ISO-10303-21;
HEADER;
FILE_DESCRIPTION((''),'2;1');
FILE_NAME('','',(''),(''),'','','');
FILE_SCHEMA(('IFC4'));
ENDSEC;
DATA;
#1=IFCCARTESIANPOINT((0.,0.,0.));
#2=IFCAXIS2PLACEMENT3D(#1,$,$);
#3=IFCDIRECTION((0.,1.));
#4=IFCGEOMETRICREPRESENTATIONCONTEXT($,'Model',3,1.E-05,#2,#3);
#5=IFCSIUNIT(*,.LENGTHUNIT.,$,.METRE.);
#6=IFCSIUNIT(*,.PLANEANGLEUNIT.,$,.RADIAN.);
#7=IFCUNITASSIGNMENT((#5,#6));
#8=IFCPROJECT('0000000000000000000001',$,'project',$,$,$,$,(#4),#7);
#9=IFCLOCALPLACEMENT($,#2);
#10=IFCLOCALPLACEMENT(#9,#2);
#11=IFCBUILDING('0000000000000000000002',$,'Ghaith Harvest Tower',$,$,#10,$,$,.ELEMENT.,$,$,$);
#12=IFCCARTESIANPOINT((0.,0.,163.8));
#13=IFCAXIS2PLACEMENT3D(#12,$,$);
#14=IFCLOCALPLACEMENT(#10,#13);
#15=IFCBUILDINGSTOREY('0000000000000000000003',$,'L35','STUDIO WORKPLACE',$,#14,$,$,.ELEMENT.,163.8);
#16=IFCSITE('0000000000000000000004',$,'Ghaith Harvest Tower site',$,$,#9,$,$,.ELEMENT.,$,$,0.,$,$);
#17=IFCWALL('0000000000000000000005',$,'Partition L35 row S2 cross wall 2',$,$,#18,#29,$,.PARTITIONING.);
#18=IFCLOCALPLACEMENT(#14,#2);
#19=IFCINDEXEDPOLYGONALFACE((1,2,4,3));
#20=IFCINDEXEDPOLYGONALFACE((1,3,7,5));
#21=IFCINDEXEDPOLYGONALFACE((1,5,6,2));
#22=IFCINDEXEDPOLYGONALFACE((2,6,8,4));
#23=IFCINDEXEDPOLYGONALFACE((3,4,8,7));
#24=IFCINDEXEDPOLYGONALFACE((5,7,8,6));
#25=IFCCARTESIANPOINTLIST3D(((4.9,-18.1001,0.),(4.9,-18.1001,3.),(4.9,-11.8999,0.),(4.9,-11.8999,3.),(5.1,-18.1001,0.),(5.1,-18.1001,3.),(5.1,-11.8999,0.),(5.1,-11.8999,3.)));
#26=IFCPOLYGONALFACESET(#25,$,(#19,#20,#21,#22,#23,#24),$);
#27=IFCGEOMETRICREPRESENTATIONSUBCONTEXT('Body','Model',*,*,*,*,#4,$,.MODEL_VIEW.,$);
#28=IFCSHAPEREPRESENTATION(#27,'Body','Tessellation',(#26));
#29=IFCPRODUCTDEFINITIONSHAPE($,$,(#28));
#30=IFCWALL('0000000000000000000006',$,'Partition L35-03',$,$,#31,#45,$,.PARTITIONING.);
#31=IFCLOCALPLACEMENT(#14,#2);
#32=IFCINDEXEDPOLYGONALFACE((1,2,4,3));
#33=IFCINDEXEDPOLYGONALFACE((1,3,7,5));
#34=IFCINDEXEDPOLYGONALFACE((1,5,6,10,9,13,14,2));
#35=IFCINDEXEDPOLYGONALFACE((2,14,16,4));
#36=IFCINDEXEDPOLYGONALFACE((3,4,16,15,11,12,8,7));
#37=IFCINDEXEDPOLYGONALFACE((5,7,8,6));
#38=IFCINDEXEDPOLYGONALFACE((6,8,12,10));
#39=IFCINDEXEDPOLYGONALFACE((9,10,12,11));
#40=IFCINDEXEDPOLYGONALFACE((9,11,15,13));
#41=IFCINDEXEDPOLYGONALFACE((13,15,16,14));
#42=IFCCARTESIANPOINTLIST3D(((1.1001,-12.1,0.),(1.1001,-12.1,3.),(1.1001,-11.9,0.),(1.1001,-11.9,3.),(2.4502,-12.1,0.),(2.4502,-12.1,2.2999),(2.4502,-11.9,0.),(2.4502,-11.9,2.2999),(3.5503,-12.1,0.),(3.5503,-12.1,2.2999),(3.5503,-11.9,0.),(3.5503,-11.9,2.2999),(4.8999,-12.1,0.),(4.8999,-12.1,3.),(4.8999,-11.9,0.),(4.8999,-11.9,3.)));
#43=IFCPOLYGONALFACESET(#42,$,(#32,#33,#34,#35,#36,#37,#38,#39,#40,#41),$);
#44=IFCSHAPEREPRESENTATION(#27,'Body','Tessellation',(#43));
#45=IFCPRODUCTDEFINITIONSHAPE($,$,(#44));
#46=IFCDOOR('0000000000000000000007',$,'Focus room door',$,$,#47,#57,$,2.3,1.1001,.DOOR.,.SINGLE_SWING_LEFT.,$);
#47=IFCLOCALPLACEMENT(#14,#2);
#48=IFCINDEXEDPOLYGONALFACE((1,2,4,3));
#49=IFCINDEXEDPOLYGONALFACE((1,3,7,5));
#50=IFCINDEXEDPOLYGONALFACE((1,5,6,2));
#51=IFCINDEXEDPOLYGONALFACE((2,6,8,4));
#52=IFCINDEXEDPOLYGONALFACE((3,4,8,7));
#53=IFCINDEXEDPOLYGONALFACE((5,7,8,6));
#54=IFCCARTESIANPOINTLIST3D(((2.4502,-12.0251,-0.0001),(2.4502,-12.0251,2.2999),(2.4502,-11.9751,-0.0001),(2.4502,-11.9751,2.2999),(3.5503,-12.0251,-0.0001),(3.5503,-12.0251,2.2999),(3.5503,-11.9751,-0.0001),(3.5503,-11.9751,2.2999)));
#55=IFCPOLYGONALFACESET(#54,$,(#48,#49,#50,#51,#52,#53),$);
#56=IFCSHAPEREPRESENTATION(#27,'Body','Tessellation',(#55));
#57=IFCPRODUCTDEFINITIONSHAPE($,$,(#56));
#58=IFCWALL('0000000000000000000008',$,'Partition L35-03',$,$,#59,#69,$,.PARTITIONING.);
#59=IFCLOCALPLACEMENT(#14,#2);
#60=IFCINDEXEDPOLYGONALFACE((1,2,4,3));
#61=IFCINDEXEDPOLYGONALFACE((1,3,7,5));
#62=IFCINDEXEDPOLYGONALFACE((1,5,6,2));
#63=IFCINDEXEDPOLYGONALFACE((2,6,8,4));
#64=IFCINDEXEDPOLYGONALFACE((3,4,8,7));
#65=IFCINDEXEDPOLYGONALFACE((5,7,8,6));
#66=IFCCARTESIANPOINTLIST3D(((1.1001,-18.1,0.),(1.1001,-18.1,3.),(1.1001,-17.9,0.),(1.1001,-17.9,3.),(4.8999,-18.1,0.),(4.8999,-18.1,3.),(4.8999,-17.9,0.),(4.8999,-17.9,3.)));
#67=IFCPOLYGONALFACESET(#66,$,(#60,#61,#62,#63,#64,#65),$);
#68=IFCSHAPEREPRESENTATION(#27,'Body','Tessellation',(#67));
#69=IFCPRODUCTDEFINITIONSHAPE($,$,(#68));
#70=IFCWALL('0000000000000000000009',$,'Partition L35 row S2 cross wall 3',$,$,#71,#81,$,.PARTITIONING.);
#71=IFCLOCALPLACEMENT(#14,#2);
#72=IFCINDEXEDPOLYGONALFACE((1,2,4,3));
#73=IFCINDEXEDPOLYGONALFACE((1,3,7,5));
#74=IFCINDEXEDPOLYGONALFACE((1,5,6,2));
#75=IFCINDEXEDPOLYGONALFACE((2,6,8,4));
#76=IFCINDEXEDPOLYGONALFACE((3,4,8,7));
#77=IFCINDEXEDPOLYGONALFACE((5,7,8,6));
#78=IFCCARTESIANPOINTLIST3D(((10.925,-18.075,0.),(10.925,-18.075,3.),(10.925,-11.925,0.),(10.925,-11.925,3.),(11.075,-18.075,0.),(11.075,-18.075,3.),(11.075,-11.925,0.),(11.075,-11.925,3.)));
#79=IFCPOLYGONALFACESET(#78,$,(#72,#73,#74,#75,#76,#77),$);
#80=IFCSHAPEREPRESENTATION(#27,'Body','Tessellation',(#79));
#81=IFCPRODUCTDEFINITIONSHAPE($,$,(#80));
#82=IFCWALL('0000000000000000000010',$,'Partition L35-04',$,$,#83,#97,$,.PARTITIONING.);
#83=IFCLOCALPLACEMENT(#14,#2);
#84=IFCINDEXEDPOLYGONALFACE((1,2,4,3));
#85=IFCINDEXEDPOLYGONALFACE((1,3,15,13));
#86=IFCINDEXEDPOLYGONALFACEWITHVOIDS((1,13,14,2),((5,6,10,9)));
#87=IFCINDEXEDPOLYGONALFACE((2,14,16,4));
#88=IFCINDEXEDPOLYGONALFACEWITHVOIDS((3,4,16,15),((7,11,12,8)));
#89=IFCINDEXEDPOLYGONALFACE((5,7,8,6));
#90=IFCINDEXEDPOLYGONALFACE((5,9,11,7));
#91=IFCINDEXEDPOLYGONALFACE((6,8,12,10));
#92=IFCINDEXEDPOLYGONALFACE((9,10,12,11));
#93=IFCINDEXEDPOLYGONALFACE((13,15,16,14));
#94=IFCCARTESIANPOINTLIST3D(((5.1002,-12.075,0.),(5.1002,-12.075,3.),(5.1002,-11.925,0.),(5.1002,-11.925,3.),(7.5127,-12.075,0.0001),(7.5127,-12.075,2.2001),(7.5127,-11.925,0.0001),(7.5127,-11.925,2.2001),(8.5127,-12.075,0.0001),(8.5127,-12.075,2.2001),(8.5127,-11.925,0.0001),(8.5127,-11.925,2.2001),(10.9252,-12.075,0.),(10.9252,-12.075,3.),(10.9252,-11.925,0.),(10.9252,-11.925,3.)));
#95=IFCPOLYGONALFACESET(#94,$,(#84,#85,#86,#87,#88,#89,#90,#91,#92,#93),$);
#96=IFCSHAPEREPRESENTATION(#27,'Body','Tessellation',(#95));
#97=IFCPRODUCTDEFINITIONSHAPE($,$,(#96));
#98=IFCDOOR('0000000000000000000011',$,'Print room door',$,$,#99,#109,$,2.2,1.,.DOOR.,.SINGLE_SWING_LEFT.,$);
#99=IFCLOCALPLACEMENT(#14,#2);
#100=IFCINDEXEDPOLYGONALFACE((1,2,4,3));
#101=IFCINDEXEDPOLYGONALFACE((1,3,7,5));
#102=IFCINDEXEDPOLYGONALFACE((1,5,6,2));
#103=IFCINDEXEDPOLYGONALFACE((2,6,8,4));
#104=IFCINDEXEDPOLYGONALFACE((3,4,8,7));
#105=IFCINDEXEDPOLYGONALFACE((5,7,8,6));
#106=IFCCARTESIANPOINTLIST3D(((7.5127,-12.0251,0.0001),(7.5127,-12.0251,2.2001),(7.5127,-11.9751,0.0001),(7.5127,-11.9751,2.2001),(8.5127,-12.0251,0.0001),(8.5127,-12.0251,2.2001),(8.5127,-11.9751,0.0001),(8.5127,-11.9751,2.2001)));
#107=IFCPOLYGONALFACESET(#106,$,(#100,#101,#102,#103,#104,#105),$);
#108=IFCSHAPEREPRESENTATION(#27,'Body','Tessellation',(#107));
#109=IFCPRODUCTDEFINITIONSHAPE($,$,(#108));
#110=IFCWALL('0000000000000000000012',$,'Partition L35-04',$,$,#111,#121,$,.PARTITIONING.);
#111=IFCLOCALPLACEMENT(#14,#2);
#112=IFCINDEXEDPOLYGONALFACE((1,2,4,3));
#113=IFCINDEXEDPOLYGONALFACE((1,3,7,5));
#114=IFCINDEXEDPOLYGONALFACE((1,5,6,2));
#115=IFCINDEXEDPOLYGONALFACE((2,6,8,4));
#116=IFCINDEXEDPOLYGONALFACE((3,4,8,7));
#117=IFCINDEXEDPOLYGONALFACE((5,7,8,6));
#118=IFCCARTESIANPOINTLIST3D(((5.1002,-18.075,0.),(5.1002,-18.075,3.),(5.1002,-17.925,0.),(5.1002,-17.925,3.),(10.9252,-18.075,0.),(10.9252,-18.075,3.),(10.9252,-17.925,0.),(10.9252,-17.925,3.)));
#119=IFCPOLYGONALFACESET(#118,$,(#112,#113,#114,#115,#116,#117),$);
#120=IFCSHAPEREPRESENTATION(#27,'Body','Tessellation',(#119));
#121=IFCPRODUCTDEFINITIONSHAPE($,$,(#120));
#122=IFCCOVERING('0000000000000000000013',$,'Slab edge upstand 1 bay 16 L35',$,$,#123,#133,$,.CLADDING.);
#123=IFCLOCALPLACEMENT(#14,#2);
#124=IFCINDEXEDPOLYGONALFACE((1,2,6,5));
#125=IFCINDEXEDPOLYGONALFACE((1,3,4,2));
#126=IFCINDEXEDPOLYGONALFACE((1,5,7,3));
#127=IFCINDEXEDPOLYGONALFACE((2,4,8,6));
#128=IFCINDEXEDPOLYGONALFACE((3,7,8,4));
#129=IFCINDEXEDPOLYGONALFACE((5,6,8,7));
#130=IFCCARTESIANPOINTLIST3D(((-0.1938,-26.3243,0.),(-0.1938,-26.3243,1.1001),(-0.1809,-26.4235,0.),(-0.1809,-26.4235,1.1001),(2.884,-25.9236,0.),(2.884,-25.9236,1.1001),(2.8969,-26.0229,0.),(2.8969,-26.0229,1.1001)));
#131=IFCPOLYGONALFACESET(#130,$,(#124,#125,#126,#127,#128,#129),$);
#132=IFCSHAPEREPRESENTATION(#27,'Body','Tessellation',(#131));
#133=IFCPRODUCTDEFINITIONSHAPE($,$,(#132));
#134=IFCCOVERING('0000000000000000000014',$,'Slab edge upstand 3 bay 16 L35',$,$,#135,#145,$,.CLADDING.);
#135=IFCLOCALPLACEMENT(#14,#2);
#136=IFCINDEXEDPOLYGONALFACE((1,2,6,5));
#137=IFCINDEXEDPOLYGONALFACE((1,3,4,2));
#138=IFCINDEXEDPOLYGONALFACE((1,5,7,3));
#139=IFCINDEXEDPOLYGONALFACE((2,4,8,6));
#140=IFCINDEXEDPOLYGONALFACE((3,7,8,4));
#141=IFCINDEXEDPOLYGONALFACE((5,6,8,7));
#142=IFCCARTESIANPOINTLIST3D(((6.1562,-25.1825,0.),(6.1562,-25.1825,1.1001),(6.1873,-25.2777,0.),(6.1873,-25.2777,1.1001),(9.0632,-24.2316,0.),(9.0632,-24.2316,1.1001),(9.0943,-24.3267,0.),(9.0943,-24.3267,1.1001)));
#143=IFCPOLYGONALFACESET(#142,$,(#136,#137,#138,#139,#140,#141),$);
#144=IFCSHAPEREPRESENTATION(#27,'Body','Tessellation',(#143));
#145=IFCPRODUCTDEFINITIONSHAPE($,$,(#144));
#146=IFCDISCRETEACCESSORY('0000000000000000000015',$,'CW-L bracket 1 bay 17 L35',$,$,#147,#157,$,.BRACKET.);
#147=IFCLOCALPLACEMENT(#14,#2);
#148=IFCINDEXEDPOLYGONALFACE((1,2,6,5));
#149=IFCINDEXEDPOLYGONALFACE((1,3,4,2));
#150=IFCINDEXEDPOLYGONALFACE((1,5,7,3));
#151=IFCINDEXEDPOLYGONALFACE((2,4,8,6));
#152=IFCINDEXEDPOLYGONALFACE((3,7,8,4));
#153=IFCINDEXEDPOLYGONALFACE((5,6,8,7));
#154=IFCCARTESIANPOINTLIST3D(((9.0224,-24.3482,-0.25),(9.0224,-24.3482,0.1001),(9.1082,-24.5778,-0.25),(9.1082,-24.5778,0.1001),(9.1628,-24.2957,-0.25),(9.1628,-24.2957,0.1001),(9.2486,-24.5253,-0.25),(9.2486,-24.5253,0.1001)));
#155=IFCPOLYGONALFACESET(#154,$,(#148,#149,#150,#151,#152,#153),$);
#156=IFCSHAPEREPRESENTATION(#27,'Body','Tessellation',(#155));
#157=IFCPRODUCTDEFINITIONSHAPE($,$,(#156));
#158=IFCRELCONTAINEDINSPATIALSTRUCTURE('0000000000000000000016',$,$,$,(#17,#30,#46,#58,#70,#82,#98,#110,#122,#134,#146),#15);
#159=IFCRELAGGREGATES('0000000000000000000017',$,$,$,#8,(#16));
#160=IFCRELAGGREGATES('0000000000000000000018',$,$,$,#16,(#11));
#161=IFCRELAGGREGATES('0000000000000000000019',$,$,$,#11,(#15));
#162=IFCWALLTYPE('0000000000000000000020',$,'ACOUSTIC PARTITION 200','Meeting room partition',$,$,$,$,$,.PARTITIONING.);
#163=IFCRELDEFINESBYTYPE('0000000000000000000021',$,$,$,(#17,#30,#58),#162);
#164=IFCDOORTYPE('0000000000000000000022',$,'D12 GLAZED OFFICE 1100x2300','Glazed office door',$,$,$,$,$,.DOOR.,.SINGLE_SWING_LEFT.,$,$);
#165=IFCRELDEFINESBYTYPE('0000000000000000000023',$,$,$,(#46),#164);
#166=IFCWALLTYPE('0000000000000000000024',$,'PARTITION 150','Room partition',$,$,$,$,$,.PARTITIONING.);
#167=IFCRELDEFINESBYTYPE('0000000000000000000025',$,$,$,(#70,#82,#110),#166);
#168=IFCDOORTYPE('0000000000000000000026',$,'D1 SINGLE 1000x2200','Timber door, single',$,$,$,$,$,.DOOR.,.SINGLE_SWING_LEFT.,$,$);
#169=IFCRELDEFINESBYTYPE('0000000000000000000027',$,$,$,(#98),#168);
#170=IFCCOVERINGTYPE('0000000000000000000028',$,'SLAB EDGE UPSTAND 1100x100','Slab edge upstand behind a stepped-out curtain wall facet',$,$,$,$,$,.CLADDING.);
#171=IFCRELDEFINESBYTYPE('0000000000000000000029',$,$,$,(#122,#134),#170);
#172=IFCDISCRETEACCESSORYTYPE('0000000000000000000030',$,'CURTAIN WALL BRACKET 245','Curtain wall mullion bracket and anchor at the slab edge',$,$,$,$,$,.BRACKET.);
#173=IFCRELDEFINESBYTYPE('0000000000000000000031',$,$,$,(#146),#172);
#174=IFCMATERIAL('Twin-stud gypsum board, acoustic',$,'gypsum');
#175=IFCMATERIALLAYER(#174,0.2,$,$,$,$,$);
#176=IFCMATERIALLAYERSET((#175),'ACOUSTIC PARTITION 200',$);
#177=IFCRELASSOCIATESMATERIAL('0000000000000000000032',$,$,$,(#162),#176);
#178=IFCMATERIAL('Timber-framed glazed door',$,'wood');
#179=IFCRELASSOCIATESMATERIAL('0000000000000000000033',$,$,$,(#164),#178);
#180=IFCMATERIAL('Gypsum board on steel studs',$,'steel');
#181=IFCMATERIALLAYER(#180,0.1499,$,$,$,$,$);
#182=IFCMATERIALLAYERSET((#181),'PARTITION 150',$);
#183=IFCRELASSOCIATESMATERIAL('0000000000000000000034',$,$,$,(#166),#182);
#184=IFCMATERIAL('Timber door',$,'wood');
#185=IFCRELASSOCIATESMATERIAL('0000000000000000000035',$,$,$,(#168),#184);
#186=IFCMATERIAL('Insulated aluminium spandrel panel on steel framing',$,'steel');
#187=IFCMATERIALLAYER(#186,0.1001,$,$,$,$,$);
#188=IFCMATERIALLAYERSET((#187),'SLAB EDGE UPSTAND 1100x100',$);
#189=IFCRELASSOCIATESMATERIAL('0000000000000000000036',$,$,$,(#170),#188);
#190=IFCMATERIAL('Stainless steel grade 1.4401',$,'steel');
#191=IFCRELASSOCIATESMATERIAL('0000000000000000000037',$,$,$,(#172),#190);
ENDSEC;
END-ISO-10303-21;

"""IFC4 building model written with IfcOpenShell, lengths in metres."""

from ifc_helpers import new_model, si_unit, direction, frame, frame_2d, origin, origin_2d, place, context, subcontext, project, spatial, rectangle, extrude, material, layer, layer_set, type_object, element, fill, save


model = new_model("IFC4")

# Units and contexts
model_context = context("Model", 3, precision=1e-05, world=origin(), true_north=direction((0.0, 1.0)))
body_context = subcontext(model_context, "Body", "Model", "MODEL_VIEW")
ifc_project = project(units=[si_unit("LENGTHUNIT", "METRE"), si_unit("PLANEANGLEUNIT", "RADIAN")], contexts=[model_context])

# Site, building, storey
site_placement = place(None, origin())
site = spatial("IfcSite", under=ifc_project, at=site_placement, Name="Ghaith Harvest Tower site", CompositionType="ELEMENT", RefElevation=0.0)
building_placement = place(site_placement, origin())
building = spatial("IfcBuilding", under=site, at=building_placement, Name="Ghaith Harvest Tower", CompositionType="ELEMENT")
storey_placement = place(building_placement, frame((0.0, 0.0, 163.8)))
storey = spatial("IfcBuildingStorey", under=building, at=storey_placement, Name="L35", Description="STUDIO WORKPLACE", CompositionType="ELEMENT", Elevation=163.8)

# Wall
ifc_material_1 = material(Name="Twin-stud gypsum board, acoustic", Category="gypsum")
ifc_layer_1 = layer(ifc_material_1, 0.2)
ifc_layer_set_1 = layer_set([ifc_layer_1], Name="ACOUSTIC PARTITION 200")
wall_type_1 = type_object("IfcWallType", Name="ACOUSTIC PARTITION 200", Description="Meeting room partition", PredefinedType="PARTITIONING", material=ifc_layer_set_1)
for number, where, z_axis, x_axis, name in (
    (1, (5.0, -11.8999, 0.0), (0.0, 0.0, 1.0), (0.0, -1.0, 0.0), "Partition L35 row S2 cross wall 2"),
):
    element("IfcWall", number, at=place(storey_placement, frame(where, z_axis=z_axis, x_axis=x_axis)), inside=storey, type_object=wall_type_1, Name=name, PredefinedType="PARTITIONING", context=body_context, shape_type="SweptSolid", body=[
        extrude(rectangle(XDim=6.2002, YDim=0.2, at=frame_2d((3.1001, 0.0))), origin(), (0.0, 0.0, 1.0), 3.0),
    ])

# Wall, opening, door
wall_1_placement = place(storey_placement, frame((1.1001, -12.0, 0.0), z_axis=(0.0, 0.0, 1.0), x_axis=(1.0, 0.0, 0.0)))
wall_1 = element("IfcWall", 2, at=wall_1_placement, inside=storey, type_object=wall_type_1, Name="Partition L35-03", PredefinedType="PARTITIONING", context=body_context, shape_type="SweptSolid", body=[
    extrude(rectangle(XDim=3.7998, YDim=0.2, at=frame_2d((1.8999, 0.0))), origin(), (0.0, 0.0, 1.0), 3.0),
])
opening_1_placement = place(wall_1_placement, frame((1.3501, 0.0, 0.0)))
opening_1 = element("IfcOpeningElement", 3, at=opening_1_placement, cuts=wall_1, PredefinedType="OPENING", context=body_context, shape_type="SweptSolid", body=[
    extrude(rectangle(XDim=1.1001, YDim=2.3, at=frame_2d((0.55, 1.1499))), frame((0.0, 0.1099, 0.0), z_axis=(0.0, -1.0, 0.0), x_axis=(1.0, 0.0, 0.0)), (0.0, 0.0, 1.0), 0.22),
])
ifc_material_2 = material(Name="Timber-framed glazed door", Category="wood")
door_type_1 = type_object("IfcDoorType", Name="D12 GLAZED OFFICE 1100x2300", Description="Glazed office door", OperationType="SINGLE_SWING_LEFT", PredefinedType="DOOR", material=ifc_material_2)
door_1_placement = place(opening_1_placement, origin())
door_1 = element("IfcDoor", 4, at=door_1_placement, inside=storey, type_object=door_type_1, Name="Focus room door", OperationType="SINGLE_SWING_LEFT", OverallHeight=2.3, OverallWidth=1.1001, PredefinedType="DOOR", context=body_context, shape_type="SweptSolid", body=[
    extrude(rectangle(XDim=1.1001, YDim=2.3, at=frame_2d((0.55, 1.1499))), frame((0.0, 0.0249, 0.0), z_axis=(0.0, -1.0, 0.0), x_axis=(1.0, 0.0, 0.0)), (0.0, 0.0, 1.0), 0.05),
])
fill(opening_1, door_1)

# Walls
wall_2_placement = place(storey_placement, frame((1.1001, -18.0, 0.0), z_axis=(0.0, 0.0, 1.0), x_axis=(1.0, 0.0, 0.0)))
element("IfcWall", 5, at=wall_2_placement, inside=storey, type_object=wall_type_1, Name="Partition L35-03", PredefinedType="PARTITIONING", context=body_context, shape_type="SweptSolid", body=[
    extrude(rectangle(XDim=3.7998, YDim=0.2, at=frame_2d((1.8999, 0.0))), origin(), (0.0, 0.0, 1.0), 3.0),
])
ifc_material_3 = material(Name="Gypsum board on steel studs", Category="steel")
ifc_layer_2 = layer(ifc_material_3, 0.1499)
ifc_layer_set_2 = layer_set([ifc_layer_2], Name="PARTITION 150")
wall_type_2 = type_object("IfcWallType", Name="PARTITION 150", Description="Room partition", PredefinedType="PARTITIONING", material=ifc_layer_set_2)
wall_3_placement = place(storey_placement, frame((11.0, -11.925, 0.0), z_axis=(0.0, 0.0, 1.0), x_axis=(0.0, -1.0, 0.0)))
element("IfcWall", 6, at=wall_3_placement, inside=storey, type_object=wall_type_2, Name="Partition L35 row S2 cross wall 3", PredefinedType="PARTITIONING", context=body_context, shape_type="SweptSolid", body=[
    extrude(rectangle(XDim=6.1499, YDim=0.1499, at=frame_2d((3.075, 0.0))), origin(), (0.0, 0.0, 1.0), 3.0),
])

# Wall, opening, door
wall_4_placement = place(storey_placement, frame((5.1001, -12.0, 0.0), z_axis=(0.0, 0.0, 1.0), x_axis=(1.0, 0.0, 0.0)))
wall_4 = element("IfcWall", 7, at=wall_4_placement, inside=storey, type_object=wall_type_2, Name="Partition L35-04", PredefinedType="PARTITIONING", context=body_context, shape_type="SweptSolid", body=[
    extrude(rectangle(XDim=5.825, YDim=0.1499, at=frame_2d((2.9126, 0.0))), origin(), (0.0, 0.0, 1.0), 3.0),
])
opening_2_placement = place(wall_4_placement, frame((2.4126, 0.0, 0.0)))
opening_2 = element("IfcOpeningElement", 8, at=opening_2_placement, cuts=wall_4, PredefinedType="OPENING", context=body_context, shape_type="SweptSolid", body=[
    extrude(rectangle(XDim=1.0, YDim=2.2, at=frame_2d((0.5, 1.1001))), frame((0.0, 0.085, 0.0), z_axis=(0.0, -1.0, 0.0), x_axis=(1.0, 0.0, 0.0)), (0.0, 0.0, 1.0), 0.1699),
])
ifc_material_4 = material(Name="Timber door", Category="wood")
door_type_2 = type_object("IfcDoorType", Name="D1 SINGLE 1000x2200", Description="Timber door, single", OperationType="SINGLE_SWING_LEFT", PredefinedType="DOOR", material=ifc_material_4)
door_2_placement = place(opening_2_placement, origin())
door_2 = element("IfcDoor", 9, at=door_2_placement, inside=storey, type_object=door_type_2, Name="Print room door", OperationType="SINGLE_SWING_LEFT", OverallHeight=2.2, OverallWidth=1.0, PredefinedType="DOOR", context=body_context, shape_type="SweptSolid", body=[
    extrude(rectangle(XDim=1.0, YDim=2.2, at=frame_2d((0.5, 1.1001))), frame((0.0, 0.0249, 0.0), z_axis=(0.0, -1.0, 0.0), x_axis=(1.0, 0.0, 0.0)), (0.0, 0.0, 1.0), 0.05),
])
fill(opening_2, door_2)

# Wall
wall_5_placement = place(storey_placement, frame((5.1001, -18.0, 0.0), z_axis=(0.0, 0.0, 1.0), x_axis=(1.0, 0.0, 0.0)))
element("IfcWall", 10, at=wall_5_placement, inside=storey, type_object=wall_type_2, Name="Partition L35-04", PredefinedType="PARTITIONING", context=body_context, shape_type="SweptSolid", body=[
    extrude(rectangle(XDim=5.825, YDim=0.1499, at=frame_2d((2.9126, 0.0))), origin(), (0.0, 0.0, 1.0), 3.0),
])

# Coverings
ifc_material_5 = material(Name="Insulated aluminium spandrel panel on steel framing", Category="steel")
ifc_layer_3 = layer(ifc_material_5, 0.1001)
ifc_layer_set_3 = layer_set([ifc_layer_3], Name="SLAB EDGE UPSTAND 1100x100")
covering_type = type_object("IfcCoveringType", Name="SLAB EDGE UPSTAND 1100x100", Description="Slab edge upstand behind a stepped-out curtain wall facet", PredefinedType="CLADDING", material=ifc_layer_set_3)
covering_1_placement = place(storey_placement, frame((1.3516, -26.1736, 0.0), z_axis=(0.0, 0.0, 1.0), x_axis=(0.991634, 0.129084, 0.0)))
element("IfcCovering", 11, at=covering_1_placement, inside=storey, type_object=covering_type, Name="Slab edge upstand 1 bay 16 L35", PredefinedType="CLADDING", context=body_context, shape_type="SweptSolid", body=[
    extrude(rectangle(XDim=3.1038, YDim=0.1001, at=origin_2d()), origin(), (0.0, 0.0, 1.0), 1.1001),
])
covering_2_placement = place(storey_placement, frame((7.6252, -24.7546, 0.0), z_axis=(0.0, 0.0, 1.0), x_axis=(0.950441, 0.310904, 0.0)))
element("IfcCovering", 12, at=covering_2_placement, inside=storey, type_object=covering_type, Name="Slab edge upstand 3 bay 16 L35", PredefinedType="CLADDING", context=body_context, shape_type="SweptSolid", body=[
    extrude(rectangle(XDim=3.0586, YDim=0.1001, at=origin_2d()), origin(), (0.0, 0.0, 1.0), 1.1001),
])

# Discrete accessory
ifc_material_6 = material(Name="Stainless steel grade 1.4401", Category="steel")
discrete_accessory_type = type_object("IfcDiscreteAccessoryType", Name="CURTAIN WALL BRACKET 245", Description="Curtain wall mullion bracket and anchor at the slab edge", PredefinedType="BRACKET", material=ifc_material_6)
discrete_accessory_placement = place(storey_placement, frame((9.1355, -24.4368, -0.25), z_axis=(0.0, 0.0, 1.0), x_axis=(0.350168, -0.936687, 0.0)))
element("IfcDiscreteAccessory", 13, at=discrete_accessory_placement, inside=storey, type_object=discrete_accessory_type, Name="CW-L bracket 1 bay 17 L35", PredefinedType="BRACKET", context=body_context, shape_type="SweptSolid", body=[
    extrude(rectangle(XDim=0.2451, YDim=0.1499, at=origin_2d()), origin(), (0.0, 0.0, 1.0), 0.3501),
])

save(model, "model.ifc")
